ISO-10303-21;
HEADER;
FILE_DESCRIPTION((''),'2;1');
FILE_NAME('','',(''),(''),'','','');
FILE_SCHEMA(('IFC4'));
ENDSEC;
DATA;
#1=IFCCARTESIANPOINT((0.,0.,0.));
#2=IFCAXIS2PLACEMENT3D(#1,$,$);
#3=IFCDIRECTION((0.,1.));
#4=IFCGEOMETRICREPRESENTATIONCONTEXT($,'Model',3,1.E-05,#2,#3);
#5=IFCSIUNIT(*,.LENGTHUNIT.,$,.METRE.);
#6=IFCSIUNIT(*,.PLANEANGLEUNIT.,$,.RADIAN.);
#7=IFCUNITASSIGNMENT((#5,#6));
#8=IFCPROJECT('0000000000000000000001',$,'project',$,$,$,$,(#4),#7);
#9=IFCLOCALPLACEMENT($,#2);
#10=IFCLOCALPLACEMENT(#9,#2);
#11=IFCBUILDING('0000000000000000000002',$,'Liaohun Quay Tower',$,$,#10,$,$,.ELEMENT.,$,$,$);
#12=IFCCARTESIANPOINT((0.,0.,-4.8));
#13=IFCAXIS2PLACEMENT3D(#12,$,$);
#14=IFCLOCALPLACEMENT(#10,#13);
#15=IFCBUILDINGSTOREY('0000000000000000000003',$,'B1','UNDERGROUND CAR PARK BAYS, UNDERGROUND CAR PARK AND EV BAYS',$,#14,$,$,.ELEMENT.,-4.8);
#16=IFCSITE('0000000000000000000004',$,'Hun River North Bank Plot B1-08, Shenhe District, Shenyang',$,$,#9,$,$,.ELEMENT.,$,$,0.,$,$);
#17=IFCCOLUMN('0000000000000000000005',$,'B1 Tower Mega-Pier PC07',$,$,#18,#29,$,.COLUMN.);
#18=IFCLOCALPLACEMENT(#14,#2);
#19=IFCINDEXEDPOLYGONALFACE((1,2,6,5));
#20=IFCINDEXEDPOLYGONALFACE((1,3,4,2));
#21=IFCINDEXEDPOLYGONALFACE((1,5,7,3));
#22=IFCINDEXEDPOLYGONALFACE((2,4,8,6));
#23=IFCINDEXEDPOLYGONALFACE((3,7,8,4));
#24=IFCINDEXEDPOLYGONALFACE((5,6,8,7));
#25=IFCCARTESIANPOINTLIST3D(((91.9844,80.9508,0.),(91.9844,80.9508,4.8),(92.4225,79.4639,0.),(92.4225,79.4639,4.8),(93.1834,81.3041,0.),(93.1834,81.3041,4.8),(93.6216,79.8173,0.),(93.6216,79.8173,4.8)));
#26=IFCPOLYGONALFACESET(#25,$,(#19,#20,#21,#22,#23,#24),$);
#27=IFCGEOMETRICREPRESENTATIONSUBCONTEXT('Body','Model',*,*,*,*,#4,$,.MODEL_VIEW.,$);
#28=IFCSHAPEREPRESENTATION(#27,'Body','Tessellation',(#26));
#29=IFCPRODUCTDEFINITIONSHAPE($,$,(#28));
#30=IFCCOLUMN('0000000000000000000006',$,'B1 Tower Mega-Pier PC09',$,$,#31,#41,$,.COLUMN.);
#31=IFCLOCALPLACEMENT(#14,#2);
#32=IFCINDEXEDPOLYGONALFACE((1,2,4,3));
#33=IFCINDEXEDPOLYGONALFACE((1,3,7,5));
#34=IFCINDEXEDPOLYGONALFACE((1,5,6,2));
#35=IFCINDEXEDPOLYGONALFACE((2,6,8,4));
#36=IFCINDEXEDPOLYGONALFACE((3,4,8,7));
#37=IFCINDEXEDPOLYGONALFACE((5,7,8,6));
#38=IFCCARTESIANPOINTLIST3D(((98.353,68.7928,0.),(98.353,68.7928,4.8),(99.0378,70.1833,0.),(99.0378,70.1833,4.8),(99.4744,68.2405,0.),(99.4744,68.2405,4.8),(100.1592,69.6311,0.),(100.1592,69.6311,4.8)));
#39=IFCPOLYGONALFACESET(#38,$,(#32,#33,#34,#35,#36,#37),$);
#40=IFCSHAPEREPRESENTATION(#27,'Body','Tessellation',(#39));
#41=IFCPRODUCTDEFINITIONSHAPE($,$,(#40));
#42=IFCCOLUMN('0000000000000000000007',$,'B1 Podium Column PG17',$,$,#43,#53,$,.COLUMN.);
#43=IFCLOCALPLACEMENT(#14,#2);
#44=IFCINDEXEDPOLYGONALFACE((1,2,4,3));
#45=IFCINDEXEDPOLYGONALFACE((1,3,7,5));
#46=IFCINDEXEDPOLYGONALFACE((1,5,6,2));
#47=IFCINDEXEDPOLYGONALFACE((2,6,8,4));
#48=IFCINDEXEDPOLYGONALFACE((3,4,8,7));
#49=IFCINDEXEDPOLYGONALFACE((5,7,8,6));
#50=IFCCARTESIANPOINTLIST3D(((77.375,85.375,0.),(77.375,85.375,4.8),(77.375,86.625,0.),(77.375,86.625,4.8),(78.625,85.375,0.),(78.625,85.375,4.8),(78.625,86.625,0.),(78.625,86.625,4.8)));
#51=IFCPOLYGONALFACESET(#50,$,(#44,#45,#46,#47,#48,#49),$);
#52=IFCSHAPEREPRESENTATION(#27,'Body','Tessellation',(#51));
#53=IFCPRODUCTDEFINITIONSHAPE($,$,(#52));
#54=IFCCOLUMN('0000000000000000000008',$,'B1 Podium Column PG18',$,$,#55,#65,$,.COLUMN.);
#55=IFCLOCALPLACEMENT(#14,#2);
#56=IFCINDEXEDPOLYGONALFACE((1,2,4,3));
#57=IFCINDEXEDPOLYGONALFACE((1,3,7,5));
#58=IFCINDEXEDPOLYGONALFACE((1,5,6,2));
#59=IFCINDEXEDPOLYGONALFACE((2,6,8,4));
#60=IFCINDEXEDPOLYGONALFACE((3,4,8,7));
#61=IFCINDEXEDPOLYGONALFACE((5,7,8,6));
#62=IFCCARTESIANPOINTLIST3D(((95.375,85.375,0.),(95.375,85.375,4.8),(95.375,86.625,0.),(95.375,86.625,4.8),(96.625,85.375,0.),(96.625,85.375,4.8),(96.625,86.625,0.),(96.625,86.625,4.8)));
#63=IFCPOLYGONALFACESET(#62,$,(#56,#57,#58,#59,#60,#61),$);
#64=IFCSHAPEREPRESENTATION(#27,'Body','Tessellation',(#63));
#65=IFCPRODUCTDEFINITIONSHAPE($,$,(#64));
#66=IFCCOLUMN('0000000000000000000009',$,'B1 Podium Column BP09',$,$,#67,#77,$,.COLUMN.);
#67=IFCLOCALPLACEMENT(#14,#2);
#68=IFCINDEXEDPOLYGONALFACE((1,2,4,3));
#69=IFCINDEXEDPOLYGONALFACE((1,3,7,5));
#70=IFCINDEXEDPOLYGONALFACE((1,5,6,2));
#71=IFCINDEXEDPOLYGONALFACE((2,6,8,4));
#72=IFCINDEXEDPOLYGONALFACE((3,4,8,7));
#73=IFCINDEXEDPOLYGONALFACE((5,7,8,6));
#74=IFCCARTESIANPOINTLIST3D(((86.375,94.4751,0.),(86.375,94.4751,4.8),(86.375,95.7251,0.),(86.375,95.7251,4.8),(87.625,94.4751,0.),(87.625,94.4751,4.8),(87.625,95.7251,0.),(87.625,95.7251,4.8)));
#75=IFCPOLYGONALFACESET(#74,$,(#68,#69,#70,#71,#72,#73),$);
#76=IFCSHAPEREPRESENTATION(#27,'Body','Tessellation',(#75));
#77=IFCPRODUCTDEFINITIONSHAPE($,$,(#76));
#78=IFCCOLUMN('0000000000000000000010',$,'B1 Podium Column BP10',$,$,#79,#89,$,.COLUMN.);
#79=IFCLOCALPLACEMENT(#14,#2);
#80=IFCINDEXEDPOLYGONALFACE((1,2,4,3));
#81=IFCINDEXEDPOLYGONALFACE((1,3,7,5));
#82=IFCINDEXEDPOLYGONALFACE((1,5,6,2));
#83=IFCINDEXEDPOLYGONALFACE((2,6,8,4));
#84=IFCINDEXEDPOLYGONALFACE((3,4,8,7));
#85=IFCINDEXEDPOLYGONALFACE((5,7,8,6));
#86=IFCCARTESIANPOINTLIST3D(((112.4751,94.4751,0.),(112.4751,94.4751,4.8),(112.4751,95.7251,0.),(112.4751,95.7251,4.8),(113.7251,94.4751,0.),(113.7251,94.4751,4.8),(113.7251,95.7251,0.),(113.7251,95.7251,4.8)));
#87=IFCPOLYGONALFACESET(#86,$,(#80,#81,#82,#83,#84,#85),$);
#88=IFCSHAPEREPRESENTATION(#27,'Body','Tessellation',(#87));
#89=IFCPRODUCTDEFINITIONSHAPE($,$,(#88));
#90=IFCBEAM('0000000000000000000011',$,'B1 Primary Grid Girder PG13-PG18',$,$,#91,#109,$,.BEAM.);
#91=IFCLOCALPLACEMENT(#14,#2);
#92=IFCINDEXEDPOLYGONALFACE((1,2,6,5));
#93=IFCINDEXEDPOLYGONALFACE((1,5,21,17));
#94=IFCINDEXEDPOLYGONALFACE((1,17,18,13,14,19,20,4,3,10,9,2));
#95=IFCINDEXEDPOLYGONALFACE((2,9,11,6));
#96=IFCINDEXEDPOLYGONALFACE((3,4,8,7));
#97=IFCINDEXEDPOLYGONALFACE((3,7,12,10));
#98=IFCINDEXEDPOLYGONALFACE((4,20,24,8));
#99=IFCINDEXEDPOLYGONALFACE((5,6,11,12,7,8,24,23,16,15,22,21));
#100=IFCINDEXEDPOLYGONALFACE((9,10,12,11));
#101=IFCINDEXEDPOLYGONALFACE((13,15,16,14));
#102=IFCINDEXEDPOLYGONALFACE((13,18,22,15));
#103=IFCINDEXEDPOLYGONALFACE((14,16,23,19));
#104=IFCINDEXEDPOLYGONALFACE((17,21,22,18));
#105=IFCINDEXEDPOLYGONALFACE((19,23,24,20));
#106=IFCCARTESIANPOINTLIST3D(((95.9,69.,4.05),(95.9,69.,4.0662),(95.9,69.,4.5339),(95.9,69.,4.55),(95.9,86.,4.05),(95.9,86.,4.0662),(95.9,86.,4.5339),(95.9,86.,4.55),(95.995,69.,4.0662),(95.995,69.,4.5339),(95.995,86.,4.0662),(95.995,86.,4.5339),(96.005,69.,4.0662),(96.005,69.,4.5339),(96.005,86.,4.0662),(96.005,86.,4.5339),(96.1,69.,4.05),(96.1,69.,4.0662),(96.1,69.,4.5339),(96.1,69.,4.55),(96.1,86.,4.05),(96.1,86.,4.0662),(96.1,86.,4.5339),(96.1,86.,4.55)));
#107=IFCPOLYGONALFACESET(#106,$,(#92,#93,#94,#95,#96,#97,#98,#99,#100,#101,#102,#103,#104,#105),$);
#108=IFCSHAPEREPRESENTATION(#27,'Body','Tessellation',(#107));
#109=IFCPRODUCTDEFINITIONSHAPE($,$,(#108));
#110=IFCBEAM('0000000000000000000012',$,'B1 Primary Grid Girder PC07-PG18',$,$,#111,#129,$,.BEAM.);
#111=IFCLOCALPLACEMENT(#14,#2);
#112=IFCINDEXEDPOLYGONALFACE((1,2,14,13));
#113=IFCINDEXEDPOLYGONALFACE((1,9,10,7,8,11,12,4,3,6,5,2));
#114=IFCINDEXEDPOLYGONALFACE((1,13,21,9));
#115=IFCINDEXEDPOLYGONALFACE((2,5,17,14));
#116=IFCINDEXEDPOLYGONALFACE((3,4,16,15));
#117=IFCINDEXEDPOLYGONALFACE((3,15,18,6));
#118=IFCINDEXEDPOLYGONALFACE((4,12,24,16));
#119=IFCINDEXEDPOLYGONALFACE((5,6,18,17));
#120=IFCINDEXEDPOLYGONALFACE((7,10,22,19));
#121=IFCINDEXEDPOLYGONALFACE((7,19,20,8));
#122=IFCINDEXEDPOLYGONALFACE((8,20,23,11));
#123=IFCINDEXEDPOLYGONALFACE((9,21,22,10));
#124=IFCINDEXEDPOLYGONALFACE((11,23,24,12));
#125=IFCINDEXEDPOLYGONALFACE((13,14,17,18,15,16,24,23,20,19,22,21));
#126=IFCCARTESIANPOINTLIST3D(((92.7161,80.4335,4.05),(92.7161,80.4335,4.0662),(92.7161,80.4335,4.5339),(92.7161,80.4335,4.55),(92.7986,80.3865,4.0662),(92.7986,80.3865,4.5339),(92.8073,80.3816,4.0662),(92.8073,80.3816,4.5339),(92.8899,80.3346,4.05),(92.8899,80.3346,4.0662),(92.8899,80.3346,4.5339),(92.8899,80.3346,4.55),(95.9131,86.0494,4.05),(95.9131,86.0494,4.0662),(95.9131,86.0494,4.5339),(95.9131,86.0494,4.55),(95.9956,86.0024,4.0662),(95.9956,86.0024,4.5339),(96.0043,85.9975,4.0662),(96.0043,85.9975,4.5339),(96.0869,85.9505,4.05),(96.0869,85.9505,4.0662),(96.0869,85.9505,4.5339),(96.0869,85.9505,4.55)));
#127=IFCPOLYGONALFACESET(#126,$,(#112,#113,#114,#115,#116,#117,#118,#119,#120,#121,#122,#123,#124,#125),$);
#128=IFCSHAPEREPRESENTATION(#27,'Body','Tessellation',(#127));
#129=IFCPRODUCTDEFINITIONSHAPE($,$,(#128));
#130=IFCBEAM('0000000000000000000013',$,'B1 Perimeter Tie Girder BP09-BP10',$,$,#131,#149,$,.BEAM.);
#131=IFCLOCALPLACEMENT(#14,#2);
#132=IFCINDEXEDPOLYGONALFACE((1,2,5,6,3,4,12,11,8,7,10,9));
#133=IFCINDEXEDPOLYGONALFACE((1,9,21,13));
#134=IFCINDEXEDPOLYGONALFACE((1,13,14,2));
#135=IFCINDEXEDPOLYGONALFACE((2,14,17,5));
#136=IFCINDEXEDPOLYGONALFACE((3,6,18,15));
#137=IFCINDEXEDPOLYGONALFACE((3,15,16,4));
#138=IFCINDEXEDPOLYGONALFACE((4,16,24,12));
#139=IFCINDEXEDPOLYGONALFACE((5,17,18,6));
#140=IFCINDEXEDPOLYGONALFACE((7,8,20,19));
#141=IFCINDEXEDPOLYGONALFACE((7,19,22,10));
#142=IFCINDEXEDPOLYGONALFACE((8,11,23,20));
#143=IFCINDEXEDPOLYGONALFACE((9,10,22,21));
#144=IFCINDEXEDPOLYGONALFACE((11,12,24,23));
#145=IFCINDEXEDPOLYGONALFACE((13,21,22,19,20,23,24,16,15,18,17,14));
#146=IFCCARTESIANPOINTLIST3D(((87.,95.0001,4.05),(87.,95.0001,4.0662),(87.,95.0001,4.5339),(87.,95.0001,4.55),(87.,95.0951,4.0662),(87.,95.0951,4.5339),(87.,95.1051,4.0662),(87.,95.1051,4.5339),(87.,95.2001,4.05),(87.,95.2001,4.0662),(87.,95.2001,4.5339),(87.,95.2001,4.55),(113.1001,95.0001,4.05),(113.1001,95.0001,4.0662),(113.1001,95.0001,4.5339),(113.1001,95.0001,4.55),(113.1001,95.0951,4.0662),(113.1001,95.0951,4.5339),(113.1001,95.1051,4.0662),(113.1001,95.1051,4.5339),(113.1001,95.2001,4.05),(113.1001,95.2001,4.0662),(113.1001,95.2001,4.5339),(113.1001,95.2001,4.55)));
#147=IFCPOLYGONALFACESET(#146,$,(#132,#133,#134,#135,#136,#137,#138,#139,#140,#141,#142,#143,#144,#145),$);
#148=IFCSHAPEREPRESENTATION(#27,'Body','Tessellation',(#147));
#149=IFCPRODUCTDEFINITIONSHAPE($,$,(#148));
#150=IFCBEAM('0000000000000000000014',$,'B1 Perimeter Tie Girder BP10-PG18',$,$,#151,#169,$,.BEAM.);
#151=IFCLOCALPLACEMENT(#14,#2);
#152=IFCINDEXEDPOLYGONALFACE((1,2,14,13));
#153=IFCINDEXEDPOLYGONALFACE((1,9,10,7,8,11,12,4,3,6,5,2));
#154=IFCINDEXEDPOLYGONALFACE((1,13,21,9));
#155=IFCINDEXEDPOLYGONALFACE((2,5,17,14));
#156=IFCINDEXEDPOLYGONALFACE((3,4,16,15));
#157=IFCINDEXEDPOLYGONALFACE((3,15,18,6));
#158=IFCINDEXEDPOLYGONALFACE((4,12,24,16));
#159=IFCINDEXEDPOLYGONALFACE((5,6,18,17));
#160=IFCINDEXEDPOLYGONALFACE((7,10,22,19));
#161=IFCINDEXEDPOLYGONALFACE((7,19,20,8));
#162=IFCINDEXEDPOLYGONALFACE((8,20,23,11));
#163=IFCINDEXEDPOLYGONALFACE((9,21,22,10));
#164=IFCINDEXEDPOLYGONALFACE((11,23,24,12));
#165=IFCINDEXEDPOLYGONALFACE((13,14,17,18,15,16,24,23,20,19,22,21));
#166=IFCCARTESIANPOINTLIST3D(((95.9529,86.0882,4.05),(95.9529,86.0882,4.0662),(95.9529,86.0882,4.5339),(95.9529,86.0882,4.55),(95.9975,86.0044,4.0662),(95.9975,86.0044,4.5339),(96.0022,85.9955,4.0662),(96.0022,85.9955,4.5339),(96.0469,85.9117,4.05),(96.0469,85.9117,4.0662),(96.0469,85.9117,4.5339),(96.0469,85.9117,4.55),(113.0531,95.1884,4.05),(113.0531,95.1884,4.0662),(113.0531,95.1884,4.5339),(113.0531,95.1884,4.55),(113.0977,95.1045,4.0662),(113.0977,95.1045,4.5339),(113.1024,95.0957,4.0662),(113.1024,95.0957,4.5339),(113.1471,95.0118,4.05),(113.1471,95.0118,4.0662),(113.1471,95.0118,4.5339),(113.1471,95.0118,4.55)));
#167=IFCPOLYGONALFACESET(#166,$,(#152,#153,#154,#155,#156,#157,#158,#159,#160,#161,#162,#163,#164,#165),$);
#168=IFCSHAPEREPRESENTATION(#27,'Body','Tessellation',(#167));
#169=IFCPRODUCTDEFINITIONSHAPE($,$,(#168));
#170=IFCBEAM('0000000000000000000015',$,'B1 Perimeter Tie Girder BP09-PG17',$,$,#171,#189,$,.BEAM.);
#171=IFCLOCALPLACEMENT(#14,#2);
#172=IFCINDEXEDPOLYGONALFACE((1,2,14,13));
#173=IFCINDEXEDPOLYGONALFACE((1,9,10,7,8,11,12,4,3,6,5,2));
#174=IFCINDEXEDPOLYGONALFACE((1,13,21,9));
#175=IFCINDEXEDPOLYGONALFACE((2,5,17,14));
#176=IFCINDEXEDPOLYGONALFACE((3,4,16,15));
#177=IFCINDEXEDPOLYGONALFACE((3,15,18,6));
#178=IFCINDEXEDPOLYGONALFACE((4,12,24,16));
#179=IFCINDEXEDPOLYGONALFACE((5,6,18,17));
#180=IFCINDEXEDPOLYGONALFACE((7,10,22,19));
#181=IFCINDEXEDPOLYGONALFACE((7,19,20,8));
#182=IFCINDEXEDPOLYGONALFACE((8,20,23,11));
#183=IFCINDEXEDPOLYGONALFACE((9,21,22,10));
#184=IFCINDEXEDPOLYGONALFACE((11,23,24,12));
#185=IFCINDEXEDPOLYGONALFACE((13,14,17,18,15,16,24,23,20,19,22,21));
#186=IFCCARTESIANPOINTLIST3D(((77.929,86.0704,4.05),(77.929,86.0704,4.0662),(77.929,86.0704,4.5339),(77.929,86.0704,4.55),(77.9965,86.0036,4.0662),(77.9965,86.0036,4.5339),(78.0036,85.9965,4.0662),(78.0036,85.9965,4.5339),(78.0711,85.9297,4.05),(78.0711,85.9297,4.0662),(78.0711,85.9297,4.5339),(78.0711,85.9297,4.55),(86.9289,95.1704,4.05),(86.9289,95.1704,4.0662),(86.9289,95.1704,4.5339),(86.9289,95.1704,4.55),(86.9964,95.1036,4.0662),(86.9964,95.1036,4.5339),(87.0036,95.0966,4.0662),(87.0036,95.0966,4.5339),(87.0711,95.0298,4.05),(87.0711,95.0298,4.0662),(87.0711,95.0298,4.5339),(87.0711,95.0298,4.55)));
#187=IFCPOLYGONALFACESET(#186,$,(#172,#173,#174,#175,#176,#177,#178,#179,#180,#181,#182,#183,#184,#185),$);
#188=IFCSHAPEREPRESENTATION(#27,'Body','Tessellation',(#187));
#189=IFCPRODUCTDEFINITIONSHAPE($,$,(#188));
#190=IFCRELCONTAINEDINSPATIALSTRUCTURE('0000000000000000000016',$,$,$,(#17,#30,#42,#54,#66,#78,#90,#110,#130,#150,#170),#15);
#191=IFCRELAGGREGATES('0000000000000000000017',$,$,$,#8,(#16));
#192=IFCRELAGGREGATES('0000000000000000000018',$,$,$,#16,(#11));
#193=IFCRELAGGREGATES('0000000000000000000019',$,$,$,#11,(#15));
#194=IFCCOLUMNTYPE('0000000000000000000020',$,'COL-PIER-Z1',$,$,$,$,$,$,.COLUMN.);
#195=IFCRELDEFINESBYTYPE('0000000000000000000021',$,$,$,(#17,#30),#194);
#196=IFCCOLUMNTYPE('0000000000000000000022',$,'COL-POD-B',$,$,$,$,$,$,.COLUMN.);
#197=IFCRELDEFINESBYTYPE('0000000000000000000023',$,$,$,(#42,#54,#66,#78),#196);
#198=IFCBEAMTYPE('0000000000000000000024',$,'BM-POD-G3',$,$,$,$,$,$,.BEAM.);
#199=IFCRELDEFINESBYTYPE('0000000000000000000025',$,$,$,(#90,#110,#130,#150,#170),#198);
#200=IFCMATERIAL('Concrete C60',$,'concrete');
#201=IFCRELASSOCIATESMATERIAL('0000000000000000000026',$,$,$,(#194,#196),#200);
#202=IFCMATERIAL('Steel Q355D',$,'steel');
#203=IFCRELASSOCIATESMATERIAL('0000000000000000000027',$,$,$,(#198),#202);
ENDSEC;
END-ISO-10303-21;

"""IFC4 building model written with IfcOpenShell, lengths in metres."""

from ifc_helpers import new_model, si_unit, direction, frame, origin, origin_2d, place, context, subcontext, project, spatial, rectangle, i_section, extrude, source, transform, mapped, material, material_profile, profile_set, type_object, element, save


model = new_model("IFC4")

# Units and contexts
model_context = context("Model", 3, precision=1e-05, world=origin(), true_north=direction((0.0, 1.0)))
body_context = subcontext(model_context, "Body", "Model", "MODEL_VIEW")
ifc_project = project(units=[si_unit("LENGTHUNIT", "METRE"), si_unit("PLANEANGLEUNIT", "RADIAN")], contexts=[model_context])

# Site, building, storey
site_placement = place(None, origin())
site = spatial("IfcSite", under=ifc_project, at=site_placement, Name="Hun River North Bank Plot B1-08, Shenhe District, Shenyang", CompositionType="ELEMENT", RefElevation=0.0)
building_placement = place(site_placement, origin())
building = spatial("IfcBuilding", under=site, at=building_placement, Name="Liaohun Quay Tower", CompositionType="ELEMENT")
storey_placement = place(building_placement, frame((0.0, 0.0, -4.8)))
storey = spatial("IfcBuildingStorey", under=building, at=storey_placement, Name="B1", Description="UNDERGROUND CAR PARK BAYS, UNDERGROUND CAR PARK AND EV BAYS", CompositionType="ELEMENT", Elevation=-4.8)

# Columns
ifc_material_1 = material(Name="Concrete C60", Category="concrete")
ifc_material_profile_1 = material_profile(ifc_material_1, rectangle(XDim=1.55, YDim=1.25, at=origin_2d()), Name="RC1550x1250")
ifc_profile_set_1 = profile_set([ifc_material_profile_1], Name="Concrete C60")
column_type_1 = type_object("IfcColumnType", Name="COL-PIER-Z1", PredefinedType="COLUMN", material=ifc_profile_set_1)
shared_shape_1 = source(origin(), body_context, "Body", "SweptSolid", [
    extrude(rectangle(XDim=1.55, YDim=1.25, at=origin_2d()), origin(), (0.0, 0.0, 1.0), 4.8),
])
for number, where, z_axis, x_axis, name in (
    (1, (92.803, 80.384, 0.0), (0.0, 0.0, 1.0), (-0.282676, 0.959215, 0.0), "B1 Tower Mega-Pier PC07"),
    (2, (99.2561, 69.2119, 0.0), (0.0, 0.0, 1.0), (0.441819, 0.897104, 0.0), "B1 Tower Mega-Pier PC09"),
):
    element("IfcColumn", number, at=place(storey_placement, frame(where, z_axis=z_axis, x_axis=x_axis)), inside=storey, type_object=column_type_1, Name=name, PredefinedType="COLUMN", context=body_context, shape_type="MappedRepresentation", body=[
        mapped(shared_shape_1, transform((0.0, 0.0, 0.0), x_axis=(1.0, 0.0, 0.0), y_axis=(0.0, 1.0, 0.0), z_axis=(0.0, 0.0, 1.0), scale=1.0)),
    ])
ifc_material_profile_2 = material_profile(ifc_material_1, rectangle(XDim=1.25, YDim=1.25, at=origin_2d()), Name="RC1250x1250")
ifc_profile_set_2 = profile_set([ifc_material_profile_2], Name="Concrete C60")
column_type_2 = type_object("IfcColumnType", Name="COL-POD-B", PredefinedType="COLUMN", material=ifc_profile_set_2)
shared_shape_2 = source(origin(), body_context, "Body", "SweptSolid", [
    extrude(rectangle(XDim=1.25, YDim=1.25, at=origin_2d()), origin(), (0.0, 0.0, 1.0), 4.8),
])
for number, where, z_axis, x_axis, name in (
    (3, (78.0, 86.0, 0.0), (0.0, 0.0, 1.0), (1.0, 0.0, 0.0), "B1 Podium Column PG17"),
    (4, (96.0, 86.0, 0.0), (0.0, 0.0, 1.0), (1.0, 0.0, 0.0), "B1 Podium Column PG18"),
    (5, (87.0, 95.1001, 0.0), (0.0, 0.0, 1.0), (1.0, 0.0, 0.0), "B1 Podium Column BP09"),
    (6, (113.1001, 95.1001, 0.0), (0.0, 0.0, 1.0), (1.0, 0.0, 0.0), "B1 Podium Column BP10"),
):
    element("IfcColumn", number, at=place(storey_placement, frame(where, z_axis=z_axis, x_axis=x_axis)), inside=storey, type_object=column_type_2, Name=name, PredefinedType="COLUMN", context=body_context, shape_type="MappedRepresentation", body=[
        mapped(shared_shape_2, transform((0.0, 0.0, 0.0), x_axis=(1.0, 0.0, 0.0), y_axis=(0.0, 1.0, 0.0), z_axis=(0.0, 0.0, 1.0), scale=1.0)),
    ])

# Beams
ifc_material_2 = material(Name="Steel Q355D", Category="steel")
ifc_material_profile_3 = material_profile(ifc_material_2, i_section(OverallWidth=0.2, OverallDepth=0.5, WebThickness=0.01, FlangeThickness=0.0161, at=origin_2d()), Name="HN500x200x10x16")
ifc_profile_set_3 = profile_set([ifc_material_profile_3], Name="Steel Q355D")
beam_type_1 = type_object("IfcBeamType", Name="BM-POD-G3", PredefinedType="BEAM", material=ifc_profile_set_3)
shared_shape_3 = source(origin(), body_context, "Body", "SweptSolid", [
    extrude(i_section(OverallWidth=0.2, OverallDepth=0.5, WebThickness=0.01, FlangeThickness=0.0161, at=origin_2d()), origin(), (0.0, 0.0, 1.0), 17.0),
])
beam_1_placement = place(storey_placement, frame((96.0, 69.0, 4.3), z_axis=(0.0, 1.0, 0.0), x_axis=(-1.0, 0.0, 0.0)))
element("IfcBeam", 7, at=beam_1_placement, inside=storey, type_object=beam_type_1, Name="B1 Primary Grid Girder PG13-PG18", PredefinedType="BEAM", context=body_context, shape_type="MappedRepresentation", body=[
    mapped(shared_shape_3, transform((0.0, 0.0, 0.0), x_axis=(1.0, 0.0, 0.0), y_axis=(0.0, 1.0, 0.0), z_axis=(0.0, 0.0, 1.0), scale=1.0)),
])
shared_shape_4 = source(origin(), body_context, "Body", "SweptSolid", [
    extrude(i_section(OverallWidth=0.2, OverallDepth=0.5, WebThickness=0.01, FlangeThickness=0.0161, at=origin_2d()), origin(), (0.0, 0.0, 1.0), 6.4622),
])
beam_2_placement = place(storey_placement, frame((92.803, 80.384, 4.3), z_axis=(0.494726, 0.869049, 0.0), x_axis=(-0.869049, 0.494726, 0.0)))
element("IfcBeam", 8, at=beam_2_placement, inside=storey, type_object=beam_type_1, Name="B1 Primary Grid Girder PC07-PG18", PredefinedType="BEAM", context=body_context, shape_type="MappedRepresentation", body=[
    mapped(shared_shape_4, transform((0.0, 0.0, 0.0), x_axis=(1.0, 0.0, 0.0), y_axis=(0.0, 1.0, 0.0), z_axis=(0.0, 0.0, 1.0), scale=1.0)),
])
shared_shape_5 = source(origin(), body_context, "Body", "SweptSolid", [
    extrude(i_section(OverallWidth=0.2, OverallDepth=0.5, WebThickness=0.01, FlangeThickness=0.0161, at=origin_2d()), origin(), (0.0, 0.0, 1.0), 26.1001),
])
beam_3_placement = place(storey_placement, frame((87.0, 95.1001, 4.3), z_axis=(1.0, 0.0, 0.0), x_axis=(0.0, 1.0, 0.0)))
element("IfcBeam", 9, at=beam_3_placement, inside=storey, type_object=beam_type_1, Name="B1 Perimeter Tie Girder BP09-BP10", PredefinedType="BEAM", context=body_context, shape_type="MappedRepresentation", body=[
    mapped(shared_shape_5, transform((0.0, 0.0, 0.0), x_axis=(1.0, 0.0, 0.0), y_axis=(0.0, 1.0, 0.0), z_axis=(0.0, 0.0, 1.0), scale=1.0)),
])
shared_shape_6 = source(origin(), body_context, "Body", "SweptSolid", [
    extrude(i_section(OverallWidth=0.2, OverallDepth=0.5, WebThickness=0.01, FlangeThickness=0.0161, at=origin_2d()), origin(), (0.0, 0.0, 1.0), 19.3708),
])
beam_4_placement = place(storey_placement, frame((113.1001, 95.1001, 4.3), z_axis=(-0.88278, -0.469786, 0.0), x_axis=(0.469786, -0.88278, 0.0)))
element("IfcBeam", 10, at=beam_4_placement, inside=storey, type_object=beam_type_1, Name="B1 Perimeter Tie Girder BP10-PG18", PredefinedType="BEAM", context=body_context, shape_type="MappedRepresentation", body=[
    mapped(shared_shape_6, transform((0.0, 0.0, 0.0), x_axis=(1.0, 0.0, 0.0), y_axis=(0.0, 1.0, 0.0), z_axis=(0.0, 0.0, 1.0), scale=1.0)),
])
shared_shape_7 = source(origin(), body_context, "Body", "SweptSolid", [
    extrude(i_section(OverallWidth=0.2, OverallDepth=0.5, WebThickness=0.01, FlangeThickness=0.0161, at=origin_2d()), origin(), (0.0, 0.0, 1.0), 12.7988),
])
beam_5_placement = place(storey_placement, frame((87.0, 95.1001, 4.3), z_axis=(-0.703186, -0.711006, 0.0), x_axis=(0.711006, -0.703186, 0.0)))
element("IfcBeam", 11, at=beam_5_placement, inside=storey, type_object=beam_type_1, Name="B1 Perimeter Tie Girder BP09-PG17", PredefinedType="BEAM", context=body_context, shape_type="MappedRepresentation", body=[
    mapped(shared_shape_7, transform((0.0, 0.0, 0.0), x_axis=(1.0, 0.0, 0.0), y_axis=(0.0, 1.0, 0.0), z_axis=(0.0, 0.0, 1.0), scale=1.0)),
])

save(model, "model.ifc")
